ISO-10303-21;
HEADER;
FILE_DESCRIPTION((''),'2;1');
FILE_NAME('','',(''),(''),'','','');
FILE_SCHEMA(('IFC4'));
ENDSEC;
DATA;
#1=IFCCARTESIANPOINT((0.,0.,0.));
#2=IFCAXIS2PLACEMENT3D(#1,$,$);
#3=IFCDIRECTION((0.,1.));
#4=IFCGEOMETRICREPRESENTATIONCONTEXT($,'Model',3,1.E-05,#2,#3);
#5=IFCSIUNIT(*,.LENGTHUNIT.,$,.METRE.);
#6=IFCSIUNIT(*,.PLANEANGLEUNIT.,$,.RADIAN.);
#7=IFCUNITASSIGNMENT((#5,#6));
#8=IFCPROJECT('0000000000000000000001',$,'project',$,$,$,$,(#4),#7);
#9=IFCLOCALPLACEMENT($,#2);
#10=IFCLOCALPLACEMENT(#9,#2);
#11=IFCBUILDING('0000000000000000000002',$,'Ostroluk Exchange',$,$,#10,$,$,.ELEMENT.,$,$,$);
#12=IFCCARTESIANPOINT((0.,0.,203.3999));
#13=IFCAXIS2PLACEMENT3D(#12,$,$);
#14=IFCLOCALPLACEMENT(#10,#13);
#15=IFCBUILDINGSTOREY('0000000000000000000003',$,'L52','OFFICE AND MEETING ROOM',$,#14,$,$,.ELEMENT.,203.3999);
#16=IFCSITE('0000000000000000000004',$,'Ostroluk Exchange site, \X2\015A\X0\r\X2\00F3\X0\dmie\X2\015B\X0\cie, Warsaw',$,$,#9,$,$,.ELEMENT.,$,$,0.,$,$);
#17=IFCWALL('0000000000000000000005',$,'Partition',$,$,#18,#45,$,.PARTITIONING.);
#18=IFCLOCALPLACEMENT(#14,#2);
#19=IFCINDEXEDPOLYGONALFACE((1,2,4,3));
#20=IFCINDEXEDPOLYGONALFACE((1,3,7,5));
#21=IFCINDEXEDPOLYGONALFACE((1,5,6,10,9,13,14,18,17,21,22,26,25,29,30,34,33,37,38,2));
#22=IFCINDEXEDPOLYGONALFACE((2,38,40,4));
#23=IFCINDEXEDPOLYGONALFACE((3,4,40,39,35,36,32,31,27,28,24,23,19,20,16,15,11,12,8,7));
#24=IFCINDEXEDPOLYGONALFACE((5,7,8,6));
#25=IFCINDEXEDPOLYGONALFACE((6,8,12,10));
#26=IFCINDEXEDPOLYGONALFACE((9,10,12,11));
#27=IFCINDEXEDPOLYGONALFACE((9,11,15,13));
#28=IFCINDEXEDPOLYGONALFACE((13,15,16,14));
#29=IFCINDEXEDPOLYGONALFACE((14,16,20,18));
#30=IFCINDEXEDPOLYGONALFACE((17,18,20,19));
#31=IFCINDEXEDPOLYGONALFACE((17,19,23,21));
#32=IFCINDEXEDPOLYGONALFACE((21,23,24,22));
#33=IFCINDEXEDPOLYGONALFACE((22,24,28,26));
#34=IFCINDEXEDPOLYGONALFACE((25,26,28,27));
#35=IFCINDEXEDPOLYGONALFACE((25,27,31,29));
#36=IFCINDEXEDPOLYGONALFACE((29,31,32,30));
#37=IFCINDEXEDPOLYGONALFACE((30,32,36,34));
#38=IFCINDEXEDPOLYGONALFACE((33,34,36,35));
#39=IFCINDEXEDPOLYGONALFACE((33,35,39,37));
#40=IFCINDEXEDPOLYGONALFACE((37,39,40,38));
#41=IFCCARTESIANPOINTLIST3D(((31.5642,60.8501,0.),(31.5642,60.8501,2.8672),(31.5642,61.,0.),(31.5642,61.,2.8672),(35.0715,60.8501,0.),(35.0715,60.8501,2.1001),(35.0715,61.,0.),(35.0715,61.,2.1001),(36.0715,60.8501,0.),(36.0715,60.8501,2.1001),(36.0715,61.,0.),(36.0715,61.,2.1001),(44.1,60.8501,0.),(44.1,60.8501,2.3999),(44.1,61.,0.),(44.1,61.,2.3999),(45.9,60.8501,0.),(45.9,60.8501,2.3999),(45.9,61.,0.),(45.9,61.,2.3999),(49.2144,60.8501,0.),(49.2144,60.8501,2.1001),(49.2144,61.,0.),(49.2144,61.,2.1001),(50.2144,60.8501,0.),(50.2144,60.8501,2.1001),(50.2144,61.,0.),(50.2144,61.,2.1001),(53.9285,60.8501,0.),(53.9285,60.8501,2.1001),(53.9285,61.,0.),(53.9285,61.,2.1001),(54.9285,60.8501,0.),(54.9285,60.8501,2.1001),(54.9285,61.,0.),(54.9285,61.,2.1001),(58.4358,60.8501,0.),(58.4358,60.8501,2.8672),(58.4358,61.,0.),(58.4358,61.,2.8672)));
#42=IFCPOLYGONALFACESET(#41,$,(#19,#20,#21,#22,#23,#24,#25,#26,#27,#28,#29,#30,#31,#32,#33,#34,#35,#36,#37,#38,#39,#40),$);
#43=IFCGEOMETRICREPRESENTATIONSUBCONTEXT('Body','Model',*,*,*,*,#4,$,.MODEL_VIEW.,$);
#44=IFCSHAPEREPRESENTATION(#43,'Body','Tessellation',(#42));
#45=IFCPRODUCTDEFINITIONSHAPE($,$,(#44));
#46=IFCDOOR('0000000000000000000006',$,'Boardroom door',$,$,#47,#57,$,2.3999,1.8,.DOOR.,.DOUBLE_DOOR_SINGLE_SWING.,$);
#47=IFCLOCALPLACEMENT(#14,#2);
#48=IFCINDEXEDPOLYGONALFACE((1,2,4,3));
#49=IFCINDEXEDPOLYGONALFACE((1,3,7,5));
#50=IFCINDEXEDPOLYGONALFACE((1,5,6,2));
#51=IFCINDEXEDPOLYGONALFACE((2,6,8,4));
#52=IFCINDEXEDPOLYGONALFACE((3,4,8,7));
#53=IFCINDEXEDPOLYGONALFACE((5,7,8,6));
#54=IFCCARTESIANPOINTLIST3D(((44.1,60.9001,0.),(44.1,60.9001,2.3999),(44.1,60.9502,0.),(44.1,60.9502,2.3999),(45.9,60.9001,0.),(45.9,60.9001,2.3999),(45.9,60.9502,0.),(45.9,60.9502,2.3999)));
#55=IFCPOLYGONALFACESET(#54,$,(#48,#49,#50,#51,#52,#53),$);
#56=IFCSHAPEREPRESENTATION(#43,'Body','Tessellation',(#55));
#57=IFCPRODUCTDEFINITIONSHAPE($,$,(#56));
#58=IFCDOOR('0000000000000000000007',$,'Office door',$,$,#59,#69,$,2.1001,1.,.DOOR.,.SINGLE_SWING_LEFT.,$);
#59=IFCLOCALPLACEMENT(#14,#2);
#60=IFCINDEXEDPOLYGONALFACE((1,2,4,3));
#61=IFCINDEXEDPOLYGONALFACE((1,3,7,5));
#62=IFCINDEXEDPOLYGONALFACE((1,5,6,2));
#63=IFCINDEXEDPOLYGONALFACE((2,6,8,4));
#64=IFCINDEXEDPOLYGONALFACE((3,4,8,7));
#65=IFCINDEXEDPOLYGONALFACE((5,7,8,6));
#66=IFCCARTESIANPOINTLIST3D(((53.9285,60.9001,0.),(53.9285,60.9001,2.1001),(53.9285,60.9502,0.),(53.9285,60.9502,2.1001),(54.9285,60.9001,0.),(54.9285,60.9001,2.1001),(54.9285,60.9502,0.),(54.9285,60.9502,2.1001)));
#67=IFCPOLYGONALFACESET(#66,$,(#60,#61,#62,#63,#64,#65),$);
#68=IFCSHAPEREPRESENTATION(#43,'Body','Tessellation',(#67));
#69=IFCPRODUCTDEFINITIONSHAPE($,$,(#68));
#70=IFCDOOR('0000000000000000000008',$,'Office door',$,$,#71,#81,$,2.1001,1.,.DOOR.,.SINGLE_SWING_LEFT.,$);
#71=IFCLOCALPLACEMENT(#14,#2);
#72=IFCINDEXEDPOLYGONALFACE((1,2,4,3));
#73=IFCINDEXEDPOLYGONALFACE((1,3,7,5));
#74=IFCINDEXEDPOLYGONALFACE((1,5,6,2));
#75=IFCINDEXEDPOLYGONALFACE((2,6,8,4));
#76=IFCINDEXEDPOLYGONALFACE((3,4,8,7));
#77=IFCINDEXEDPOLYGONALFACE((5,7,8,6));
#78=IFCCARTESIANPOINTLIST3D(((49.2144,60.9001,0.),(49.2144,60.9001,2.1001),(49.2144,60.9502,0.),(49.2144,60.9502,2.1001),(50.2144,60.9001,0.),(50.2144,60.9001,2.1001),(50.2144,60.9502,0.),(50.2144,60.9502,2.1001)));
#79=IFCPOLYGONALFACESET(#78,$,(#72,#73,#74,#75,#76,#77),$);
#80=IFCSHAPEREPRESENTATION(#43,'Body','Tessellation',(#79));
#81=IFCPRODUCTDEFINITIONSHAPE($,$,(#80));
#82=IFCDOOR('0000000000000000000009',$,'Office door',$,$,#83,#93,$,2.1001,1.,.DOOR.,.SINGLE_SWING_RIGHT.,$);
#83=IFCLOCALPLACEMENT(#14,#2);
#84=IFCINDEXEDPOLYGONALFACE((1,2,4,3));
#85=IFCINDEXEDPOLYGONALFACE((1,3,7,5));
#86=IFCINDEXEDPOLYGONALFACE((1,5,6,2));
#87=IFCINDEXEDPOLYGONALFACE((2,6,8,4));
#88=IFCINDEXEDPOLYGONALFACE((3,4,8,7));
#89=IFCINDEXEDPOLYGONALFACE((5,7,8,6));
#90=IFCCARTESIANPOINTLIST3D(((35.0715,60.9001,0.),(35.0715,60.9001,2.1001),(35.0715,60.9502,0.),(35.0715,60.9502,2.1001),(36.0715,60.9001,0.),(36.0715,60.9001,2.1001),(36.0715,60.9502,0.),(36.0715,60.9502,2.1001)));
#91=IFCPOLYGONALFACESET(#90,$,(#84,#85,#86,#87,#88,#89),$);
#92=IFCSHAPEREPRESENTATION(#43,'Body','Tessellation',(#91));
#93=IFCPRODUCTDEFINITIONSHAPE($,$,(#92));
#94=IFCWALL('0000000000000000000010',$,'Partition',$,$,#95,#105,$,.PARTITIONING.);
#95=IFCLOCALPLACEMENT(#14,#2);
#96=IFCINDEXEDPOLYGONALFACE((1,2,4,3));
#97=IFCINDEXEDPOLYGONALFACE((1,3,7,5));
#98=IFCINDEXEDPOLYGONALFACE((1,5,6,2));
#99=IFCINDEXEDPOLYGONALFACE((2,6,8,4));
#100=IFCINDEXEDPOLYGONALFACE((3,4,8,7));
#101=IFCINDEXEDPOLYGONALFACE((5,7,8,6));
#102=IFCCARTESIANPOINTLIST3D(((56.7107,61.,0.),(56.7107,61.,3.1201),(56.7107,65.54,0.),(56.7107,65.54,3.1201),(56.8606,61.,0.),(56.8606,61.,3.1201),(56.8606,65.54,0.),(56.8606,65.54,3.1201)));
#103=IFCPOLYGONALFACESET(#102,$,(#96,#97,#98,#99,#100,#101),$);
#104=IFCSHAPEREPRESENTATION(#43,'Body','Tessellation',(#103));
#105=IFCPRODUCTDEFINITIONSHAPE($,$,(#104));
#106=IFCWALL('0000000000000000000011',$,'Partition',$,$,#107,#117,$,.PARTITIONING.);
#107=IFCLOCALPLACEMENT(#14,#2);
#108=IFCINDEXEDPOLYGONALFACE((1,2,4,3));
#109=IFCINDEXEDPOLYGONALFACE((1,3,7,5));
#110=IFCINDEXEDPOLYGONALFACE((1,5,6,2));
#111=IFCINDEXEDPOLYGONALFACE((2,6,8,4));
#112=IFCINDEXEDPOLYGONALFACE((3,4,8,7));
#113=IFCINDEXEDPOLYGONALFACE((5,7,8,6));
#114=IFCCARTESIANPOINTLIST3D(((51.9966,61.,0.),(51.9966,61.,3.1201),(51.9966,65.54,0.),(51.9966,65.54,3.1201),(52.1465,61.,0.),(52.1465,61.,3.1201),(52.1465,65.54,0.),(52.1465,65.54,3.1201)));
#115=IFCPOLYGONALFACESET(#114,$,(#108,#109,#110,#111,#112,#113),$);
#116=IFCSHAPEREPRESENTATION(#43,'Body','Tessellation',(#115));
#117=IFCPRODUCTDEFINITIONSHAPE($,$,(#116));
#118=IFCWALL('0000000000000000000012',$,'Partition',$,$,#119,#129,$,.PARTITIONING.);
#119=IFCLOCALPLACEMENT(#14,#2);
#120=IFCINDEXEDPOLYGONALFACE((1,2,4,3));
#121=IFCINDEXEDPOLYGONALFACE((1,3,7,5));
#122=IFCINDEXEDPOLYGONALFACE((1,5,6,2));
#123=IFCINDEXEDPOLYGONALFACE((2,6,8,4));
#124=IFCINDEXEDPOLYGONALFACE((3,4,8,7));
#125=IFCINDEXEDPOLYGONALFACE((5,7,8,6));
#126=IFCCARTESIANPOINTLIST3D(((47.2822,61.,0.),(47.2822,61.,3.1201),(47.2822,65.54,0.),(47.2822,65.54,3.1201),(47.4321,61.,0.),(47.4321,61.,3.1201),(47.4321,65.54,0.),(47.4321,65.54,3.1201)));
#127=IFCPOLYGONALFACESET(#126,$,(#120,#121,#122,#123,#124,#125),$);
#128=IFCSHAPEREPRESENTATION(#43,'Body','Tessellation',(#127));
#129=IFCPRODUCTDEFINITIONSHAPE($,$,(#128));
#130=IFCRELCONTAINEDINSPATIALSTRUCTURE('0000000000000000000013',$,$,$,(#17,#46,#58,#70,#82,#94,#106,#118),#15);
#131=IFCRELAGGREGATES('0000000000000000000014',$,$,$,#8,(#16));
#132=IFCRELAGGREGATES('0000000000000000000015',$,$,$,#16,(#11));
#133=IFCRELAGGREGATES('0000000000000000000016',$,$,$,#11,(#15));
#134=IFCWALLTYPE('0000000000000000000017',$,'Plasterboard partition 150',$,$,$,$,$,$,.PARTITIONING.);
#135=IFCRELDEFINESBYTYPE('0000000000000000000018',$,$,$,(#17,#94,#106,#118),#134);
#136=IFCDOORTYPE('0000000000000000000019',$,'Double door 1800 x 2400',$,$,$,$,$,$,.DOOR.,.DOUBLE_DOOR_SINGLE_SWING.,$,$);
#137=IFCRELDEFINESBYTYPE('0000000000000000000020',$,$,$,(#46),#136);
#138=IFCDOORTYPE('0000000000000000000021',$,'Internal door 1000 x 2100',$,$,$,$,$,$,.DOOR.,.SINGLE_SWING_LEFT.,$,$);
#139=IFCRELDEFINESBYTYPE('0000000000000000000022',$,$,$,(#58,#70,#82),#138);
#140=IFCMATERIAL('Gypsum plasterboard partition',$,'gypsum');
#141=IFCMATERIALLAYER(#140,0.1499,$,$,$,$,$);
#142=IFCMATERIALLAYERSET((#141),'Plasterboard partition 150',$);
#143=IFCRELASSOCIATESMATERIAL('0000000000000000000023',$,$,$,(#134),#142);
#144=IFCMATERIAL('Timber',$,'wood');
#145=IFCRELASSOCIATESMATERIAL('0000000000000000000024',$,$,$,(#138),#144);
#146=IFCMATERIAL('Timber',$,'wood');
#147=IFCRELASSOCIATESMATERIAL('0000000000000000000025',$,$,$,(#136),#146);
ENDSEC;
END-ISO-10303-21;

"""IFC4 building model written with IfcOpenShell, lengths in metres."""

from ifc_helpers import new_model, si_unit, direction, frame, frame_2d, origin, place, context, subcontext, project, spatial, rectangle, extrude, material, layer, layer_set, type_object, element, fill, save


model = new_model("IFC4")

# Units and contexts
model_context = context("Model", 3, precision=1e-05, world=origin(), true_north=direction((0.0, 1.0)))
body_context = subcontext(model_context, "Body", "Model", "MODEL_VIEW")
ifc_project = project(units=[si_unit("LENGTHUNIT", "METRE"), si_unit("PLANEANGLEUNIT", "RADIAN")], contexts=[model_context])

# Site, building, storey
site_placement = place(None, origin())
site = spatial("IfcSite", under=ifc_project, at=site_placement, Name="Ostroluk Exchange site, Śródmieście, Warsaw", CompositionType="ELEMENT", RefElevation=0.0)
building_placement = place(site_placement, origin())
building = spatial("IfcBuilding", under=site, at=building_placement, Name="Ostroluk Exchange", CompositionType="ELEMENT")
storey_placement = place(building_placement, frame((0.0, 0.0, 203.3999)))
storey = spatial("IfcBuildingStorey", under=building, at=storey_placement, Name="L52", Description="OFFICE AND MEETING ROOM", CompositionType="ELEMENT", Elevation=203.3999)

# Shared definitions
ifc_material_1 = material(Name="Gypsum plasterboard partition", Category="gypsum")
ifc_layer_1 = layer(ifc_material_1, 0.1499)
ifc_layer_set_1 = layer_set([ifc_layer_1], Name="Plasterboard partition 150")
wall_type = type_object("IfcWallType", Name="Plasterboard partition 150", PredefinedType="PARTITIONING", material=ifc_layer_set_1)
ifc_material_2 = material(Name="Timber", Category="wood")
door_type_1 = type_object("IfcDoorType", Name="Internal door 1000 x 2100", OperationType="SINGLE_SWING_LEFT", PredefinedType="DOOR", material=ifc_material_2)

# Wall, openings, doors
wall_1_placement = place(storey_placement, frame((58.4358, 60.925, 0.0), z_axis=(0.0, 0.0, 1.0), x_axis=(-1.0, 0.0, 0.0)))
wall_1 = element("IfcWall", 1, at=wall_1_placement, inside=storey, type_object=wall_type, Name="Partition", PredefinedType="PARTITIONING", context=body_context, shape_type="SweptSolid", body=[
    extrude(rectangle(XDim=26.8716, YDim=0.1499, at=frame_2d((13.4358, 0.0))), origin(), (0.0, 0.0, 1.0), 2.8672),
])
opening_1_placement = place(wall_1_placement, frame((3.5073, 0.0, 0.0)))
opening_1 = element("IfcOpeningElement", 2, at=opening_1_placement, cuts=wall_1, PredefinedType="OPENING", context=body_context, shape_type="SweptSolid", body=[
    extrude(rectangle(XDim=1.0, YDim=2.1001, at=frame_2d((0.5, 1.05))), frame((0.0, 0.085, 0.0), z_axis=(0.0, -1.0, 0.0), x_axis=(1.0, 0.0, 0.0)), (0.0, 0.0, 1.0), 0.1699),
])
opening_2_placement = place(wall_1_placement, frame((8.2214, 0.0, 0.0)))
opening_2 = element("IfcOpeningElement", 3, at=opening_2_placement, cuts=wall_1, PredefinedType="OPENING", context=body_context, shape_type="SweptSolid", body=[
    extrude(rectangle(XDim=1.0, YDim=2.1001, at=frame_2d((0.5, 1.05))), frame((0.0, 0.085, 0.0), z_axis=(0.0, -1.0, 0.0), x_axis=(1.0, 0.0, 0.0)), (0.0, 0.0, 1.0), 0.1699),
])
opening_3_placement = place(wall_1_placement, frame((12.5359, 0.0, 0.0)))
opening_3 = element("IfcOpeningElement", 4, at=opening_3_placement, cuts=wall_1, PredefinedType="OPENING", context=body_context, shape_type="SweptSolid", body=[
    extrude(rectangle(XDim=1.8, YDim=2.3999, at=frame_2d((0.8999, 1.2))), frame((0.0, 0.085, 0.0), z_axis=(0.0, -1.0, 0.0), x_axis=(1.0, 0.0, 0.0)), (0.0, 0.0, 1.0), 0.1699),
])
opening_4_placement = place(wall_1_placement, frame((22.3643, 0.0, 0.0)))
opening_4 = element("IfcOpeningElement", 5, at=opening_4_placement, cuts=wall_1, PredefinedType="OPENING", context=body_context, shape_type="SweptSolid", body=[
    extrude(rectangle(XDim=1.0, YDim=2.1001, at=frame_2d((0.5, 1.05))), frame((0.0, 0.085, 0.0), z_axis=(0.0, -1.0, 0.0), x_axis=(1.0, 0.0, 0.0)), (0.0, 0.0, 1.0), 0.1699),
])
ifc_material_3 = material(Name="Timber", Category="wood")
door_type_2 = type_object("IfcDoorType", Name="Double door 1800 x 2400", OperationType="DOUBLE_DOOR_SINGLE_SWING", PredefinedType="DOOR", material=ifc_material_3)
door_1_placement = place(opening_3_placement, origin())
door_1 = element("IfcDoor", 6, at=door_1_placement, inside=storey, type_object=door_type_2, Name="Boardroom door", OperationType="DOUBLE_DOOR_SINGLE_SWING", OverallHeight=2.3999, OverallWidth=1.8, PredefinedType="DOOR", context=body_context, shape_type="SweptSolid", body=[
    extrude(rectangle(XDim=1.8, YDim=2.3999, at=frame_2d((0.8999, 1.2))), frame((0.0, 0.0249, 0.0), z_axis=(0.0, -1.0, 0.0), x_axis=(1.0, 0.0, 0.0)), (0.0, 0.0, 1.0), 0.05),
])
fill(opening_3, door_1)
door_2_placement = place(opening_1_placement, origin())
door_2 = element("IfcDoor", 7, at=door_2_placement, inside=storey, type_object=door_type_1, Name="Office door", OperationType="SINGLE_SWING_LEFT", OverallHeight=2.1001, OverallWidth=1.0, PredefinedType="DOOR", context=body_context, shape_type="SweptSolid", body=[
    extrude(rectangle(XDim=1.0, YDim=2.1001, at=frame_2d((0.5, 1.05))), frame((0.0, 0.0249, 0.0), z_axis=(0.0, -1.0, 0.0), x_axis=(1.0, 0.0, 0.0)), (0.0, 0.0, 1.0), 0.05),
])
fill(opening_1, door_2)
door_3_placement = place(opening_2_placement, origin())
door_3 = element("IfcDoor", 8, at=door_3_placement, inside=storey, type_object=door_type_1, Name="Office door", OperationType="SINGLE_SWING_LEFT", OverallHeight=2.1001, OverallWidth=1.0, PredefinedType="DOOR", context=body_context, shape_type="SweptSolid", body=[
    extrude(rectangle(XDim=1.0, YDim=2.1001, at=frame_2d((0.5, 1.05))), frame((0.0, 0.0249, 0.0), z_axis=(0.0, -1.0, 0.0), x_axis=(1.0, 0.0, 0.0)), (0.0, 0.0, 1.0), 0.05),
])
fill(opening_2, door_3)
door_4_placement = place(opening_4_placement, origin())
door_4 = element("IfcDoor", 9, at=door_4_placement, inside=storey, type_object=door_type_1, Name="Office door", OperationType="SINGLE_SWING_RIGHT", OverallHeight=2.1001, OverallWidth=1.0, PredefinedType="DOOR", context=body_context, shape_type="SweptSolid", body=[
    extrude(rectangle(XDim=1.0, YDim=2.1001, at=frame_2d((0.5, 1.05))), frame((0.0, 0.0249, 0.0), z_axis=(0.0, -1.0, 0.0), x_axis=(1.0, 0.0, 0.0)), (0.0, 0.0, 1.0), 0.05),
])
fill(opening_4, door_4)

# Walls
for number, where, z_axis, x_axis, name in (
    (10, (56.7856, 61.0, 0.0), (0.0, 0.0, 1.0), (0.0, 1.0, 0.0), "Partition"),
    (11, (52.0715, 61.0, 0.0), (0.0, 0.0, 1.0), (0.0, 1.0, 0.0), "Partition"),
    (12, (47.3572, 61.0, 0.0), (0.0, 0.0, 1.0), (0.0, 1.0, 0.0), "Partition"),
):
    element("IfcWall", number, at=place(storey_placement, frame(where, z_axis=z_axis, x_axis=x_axis)), inside=storey, type_object=wall_type, Name=name, PredefinedType="PARTITIONING", context=body_context, shape_type="SweptSolid", body=[
        extrude(rectangle(XDim=4.54, YDim=0.1499, at=frame_2d((2.27, 0.0))), origin(), (0.0, 0.0, 1.0), 3.1201),
    ])

save(model, "model.ifc")
